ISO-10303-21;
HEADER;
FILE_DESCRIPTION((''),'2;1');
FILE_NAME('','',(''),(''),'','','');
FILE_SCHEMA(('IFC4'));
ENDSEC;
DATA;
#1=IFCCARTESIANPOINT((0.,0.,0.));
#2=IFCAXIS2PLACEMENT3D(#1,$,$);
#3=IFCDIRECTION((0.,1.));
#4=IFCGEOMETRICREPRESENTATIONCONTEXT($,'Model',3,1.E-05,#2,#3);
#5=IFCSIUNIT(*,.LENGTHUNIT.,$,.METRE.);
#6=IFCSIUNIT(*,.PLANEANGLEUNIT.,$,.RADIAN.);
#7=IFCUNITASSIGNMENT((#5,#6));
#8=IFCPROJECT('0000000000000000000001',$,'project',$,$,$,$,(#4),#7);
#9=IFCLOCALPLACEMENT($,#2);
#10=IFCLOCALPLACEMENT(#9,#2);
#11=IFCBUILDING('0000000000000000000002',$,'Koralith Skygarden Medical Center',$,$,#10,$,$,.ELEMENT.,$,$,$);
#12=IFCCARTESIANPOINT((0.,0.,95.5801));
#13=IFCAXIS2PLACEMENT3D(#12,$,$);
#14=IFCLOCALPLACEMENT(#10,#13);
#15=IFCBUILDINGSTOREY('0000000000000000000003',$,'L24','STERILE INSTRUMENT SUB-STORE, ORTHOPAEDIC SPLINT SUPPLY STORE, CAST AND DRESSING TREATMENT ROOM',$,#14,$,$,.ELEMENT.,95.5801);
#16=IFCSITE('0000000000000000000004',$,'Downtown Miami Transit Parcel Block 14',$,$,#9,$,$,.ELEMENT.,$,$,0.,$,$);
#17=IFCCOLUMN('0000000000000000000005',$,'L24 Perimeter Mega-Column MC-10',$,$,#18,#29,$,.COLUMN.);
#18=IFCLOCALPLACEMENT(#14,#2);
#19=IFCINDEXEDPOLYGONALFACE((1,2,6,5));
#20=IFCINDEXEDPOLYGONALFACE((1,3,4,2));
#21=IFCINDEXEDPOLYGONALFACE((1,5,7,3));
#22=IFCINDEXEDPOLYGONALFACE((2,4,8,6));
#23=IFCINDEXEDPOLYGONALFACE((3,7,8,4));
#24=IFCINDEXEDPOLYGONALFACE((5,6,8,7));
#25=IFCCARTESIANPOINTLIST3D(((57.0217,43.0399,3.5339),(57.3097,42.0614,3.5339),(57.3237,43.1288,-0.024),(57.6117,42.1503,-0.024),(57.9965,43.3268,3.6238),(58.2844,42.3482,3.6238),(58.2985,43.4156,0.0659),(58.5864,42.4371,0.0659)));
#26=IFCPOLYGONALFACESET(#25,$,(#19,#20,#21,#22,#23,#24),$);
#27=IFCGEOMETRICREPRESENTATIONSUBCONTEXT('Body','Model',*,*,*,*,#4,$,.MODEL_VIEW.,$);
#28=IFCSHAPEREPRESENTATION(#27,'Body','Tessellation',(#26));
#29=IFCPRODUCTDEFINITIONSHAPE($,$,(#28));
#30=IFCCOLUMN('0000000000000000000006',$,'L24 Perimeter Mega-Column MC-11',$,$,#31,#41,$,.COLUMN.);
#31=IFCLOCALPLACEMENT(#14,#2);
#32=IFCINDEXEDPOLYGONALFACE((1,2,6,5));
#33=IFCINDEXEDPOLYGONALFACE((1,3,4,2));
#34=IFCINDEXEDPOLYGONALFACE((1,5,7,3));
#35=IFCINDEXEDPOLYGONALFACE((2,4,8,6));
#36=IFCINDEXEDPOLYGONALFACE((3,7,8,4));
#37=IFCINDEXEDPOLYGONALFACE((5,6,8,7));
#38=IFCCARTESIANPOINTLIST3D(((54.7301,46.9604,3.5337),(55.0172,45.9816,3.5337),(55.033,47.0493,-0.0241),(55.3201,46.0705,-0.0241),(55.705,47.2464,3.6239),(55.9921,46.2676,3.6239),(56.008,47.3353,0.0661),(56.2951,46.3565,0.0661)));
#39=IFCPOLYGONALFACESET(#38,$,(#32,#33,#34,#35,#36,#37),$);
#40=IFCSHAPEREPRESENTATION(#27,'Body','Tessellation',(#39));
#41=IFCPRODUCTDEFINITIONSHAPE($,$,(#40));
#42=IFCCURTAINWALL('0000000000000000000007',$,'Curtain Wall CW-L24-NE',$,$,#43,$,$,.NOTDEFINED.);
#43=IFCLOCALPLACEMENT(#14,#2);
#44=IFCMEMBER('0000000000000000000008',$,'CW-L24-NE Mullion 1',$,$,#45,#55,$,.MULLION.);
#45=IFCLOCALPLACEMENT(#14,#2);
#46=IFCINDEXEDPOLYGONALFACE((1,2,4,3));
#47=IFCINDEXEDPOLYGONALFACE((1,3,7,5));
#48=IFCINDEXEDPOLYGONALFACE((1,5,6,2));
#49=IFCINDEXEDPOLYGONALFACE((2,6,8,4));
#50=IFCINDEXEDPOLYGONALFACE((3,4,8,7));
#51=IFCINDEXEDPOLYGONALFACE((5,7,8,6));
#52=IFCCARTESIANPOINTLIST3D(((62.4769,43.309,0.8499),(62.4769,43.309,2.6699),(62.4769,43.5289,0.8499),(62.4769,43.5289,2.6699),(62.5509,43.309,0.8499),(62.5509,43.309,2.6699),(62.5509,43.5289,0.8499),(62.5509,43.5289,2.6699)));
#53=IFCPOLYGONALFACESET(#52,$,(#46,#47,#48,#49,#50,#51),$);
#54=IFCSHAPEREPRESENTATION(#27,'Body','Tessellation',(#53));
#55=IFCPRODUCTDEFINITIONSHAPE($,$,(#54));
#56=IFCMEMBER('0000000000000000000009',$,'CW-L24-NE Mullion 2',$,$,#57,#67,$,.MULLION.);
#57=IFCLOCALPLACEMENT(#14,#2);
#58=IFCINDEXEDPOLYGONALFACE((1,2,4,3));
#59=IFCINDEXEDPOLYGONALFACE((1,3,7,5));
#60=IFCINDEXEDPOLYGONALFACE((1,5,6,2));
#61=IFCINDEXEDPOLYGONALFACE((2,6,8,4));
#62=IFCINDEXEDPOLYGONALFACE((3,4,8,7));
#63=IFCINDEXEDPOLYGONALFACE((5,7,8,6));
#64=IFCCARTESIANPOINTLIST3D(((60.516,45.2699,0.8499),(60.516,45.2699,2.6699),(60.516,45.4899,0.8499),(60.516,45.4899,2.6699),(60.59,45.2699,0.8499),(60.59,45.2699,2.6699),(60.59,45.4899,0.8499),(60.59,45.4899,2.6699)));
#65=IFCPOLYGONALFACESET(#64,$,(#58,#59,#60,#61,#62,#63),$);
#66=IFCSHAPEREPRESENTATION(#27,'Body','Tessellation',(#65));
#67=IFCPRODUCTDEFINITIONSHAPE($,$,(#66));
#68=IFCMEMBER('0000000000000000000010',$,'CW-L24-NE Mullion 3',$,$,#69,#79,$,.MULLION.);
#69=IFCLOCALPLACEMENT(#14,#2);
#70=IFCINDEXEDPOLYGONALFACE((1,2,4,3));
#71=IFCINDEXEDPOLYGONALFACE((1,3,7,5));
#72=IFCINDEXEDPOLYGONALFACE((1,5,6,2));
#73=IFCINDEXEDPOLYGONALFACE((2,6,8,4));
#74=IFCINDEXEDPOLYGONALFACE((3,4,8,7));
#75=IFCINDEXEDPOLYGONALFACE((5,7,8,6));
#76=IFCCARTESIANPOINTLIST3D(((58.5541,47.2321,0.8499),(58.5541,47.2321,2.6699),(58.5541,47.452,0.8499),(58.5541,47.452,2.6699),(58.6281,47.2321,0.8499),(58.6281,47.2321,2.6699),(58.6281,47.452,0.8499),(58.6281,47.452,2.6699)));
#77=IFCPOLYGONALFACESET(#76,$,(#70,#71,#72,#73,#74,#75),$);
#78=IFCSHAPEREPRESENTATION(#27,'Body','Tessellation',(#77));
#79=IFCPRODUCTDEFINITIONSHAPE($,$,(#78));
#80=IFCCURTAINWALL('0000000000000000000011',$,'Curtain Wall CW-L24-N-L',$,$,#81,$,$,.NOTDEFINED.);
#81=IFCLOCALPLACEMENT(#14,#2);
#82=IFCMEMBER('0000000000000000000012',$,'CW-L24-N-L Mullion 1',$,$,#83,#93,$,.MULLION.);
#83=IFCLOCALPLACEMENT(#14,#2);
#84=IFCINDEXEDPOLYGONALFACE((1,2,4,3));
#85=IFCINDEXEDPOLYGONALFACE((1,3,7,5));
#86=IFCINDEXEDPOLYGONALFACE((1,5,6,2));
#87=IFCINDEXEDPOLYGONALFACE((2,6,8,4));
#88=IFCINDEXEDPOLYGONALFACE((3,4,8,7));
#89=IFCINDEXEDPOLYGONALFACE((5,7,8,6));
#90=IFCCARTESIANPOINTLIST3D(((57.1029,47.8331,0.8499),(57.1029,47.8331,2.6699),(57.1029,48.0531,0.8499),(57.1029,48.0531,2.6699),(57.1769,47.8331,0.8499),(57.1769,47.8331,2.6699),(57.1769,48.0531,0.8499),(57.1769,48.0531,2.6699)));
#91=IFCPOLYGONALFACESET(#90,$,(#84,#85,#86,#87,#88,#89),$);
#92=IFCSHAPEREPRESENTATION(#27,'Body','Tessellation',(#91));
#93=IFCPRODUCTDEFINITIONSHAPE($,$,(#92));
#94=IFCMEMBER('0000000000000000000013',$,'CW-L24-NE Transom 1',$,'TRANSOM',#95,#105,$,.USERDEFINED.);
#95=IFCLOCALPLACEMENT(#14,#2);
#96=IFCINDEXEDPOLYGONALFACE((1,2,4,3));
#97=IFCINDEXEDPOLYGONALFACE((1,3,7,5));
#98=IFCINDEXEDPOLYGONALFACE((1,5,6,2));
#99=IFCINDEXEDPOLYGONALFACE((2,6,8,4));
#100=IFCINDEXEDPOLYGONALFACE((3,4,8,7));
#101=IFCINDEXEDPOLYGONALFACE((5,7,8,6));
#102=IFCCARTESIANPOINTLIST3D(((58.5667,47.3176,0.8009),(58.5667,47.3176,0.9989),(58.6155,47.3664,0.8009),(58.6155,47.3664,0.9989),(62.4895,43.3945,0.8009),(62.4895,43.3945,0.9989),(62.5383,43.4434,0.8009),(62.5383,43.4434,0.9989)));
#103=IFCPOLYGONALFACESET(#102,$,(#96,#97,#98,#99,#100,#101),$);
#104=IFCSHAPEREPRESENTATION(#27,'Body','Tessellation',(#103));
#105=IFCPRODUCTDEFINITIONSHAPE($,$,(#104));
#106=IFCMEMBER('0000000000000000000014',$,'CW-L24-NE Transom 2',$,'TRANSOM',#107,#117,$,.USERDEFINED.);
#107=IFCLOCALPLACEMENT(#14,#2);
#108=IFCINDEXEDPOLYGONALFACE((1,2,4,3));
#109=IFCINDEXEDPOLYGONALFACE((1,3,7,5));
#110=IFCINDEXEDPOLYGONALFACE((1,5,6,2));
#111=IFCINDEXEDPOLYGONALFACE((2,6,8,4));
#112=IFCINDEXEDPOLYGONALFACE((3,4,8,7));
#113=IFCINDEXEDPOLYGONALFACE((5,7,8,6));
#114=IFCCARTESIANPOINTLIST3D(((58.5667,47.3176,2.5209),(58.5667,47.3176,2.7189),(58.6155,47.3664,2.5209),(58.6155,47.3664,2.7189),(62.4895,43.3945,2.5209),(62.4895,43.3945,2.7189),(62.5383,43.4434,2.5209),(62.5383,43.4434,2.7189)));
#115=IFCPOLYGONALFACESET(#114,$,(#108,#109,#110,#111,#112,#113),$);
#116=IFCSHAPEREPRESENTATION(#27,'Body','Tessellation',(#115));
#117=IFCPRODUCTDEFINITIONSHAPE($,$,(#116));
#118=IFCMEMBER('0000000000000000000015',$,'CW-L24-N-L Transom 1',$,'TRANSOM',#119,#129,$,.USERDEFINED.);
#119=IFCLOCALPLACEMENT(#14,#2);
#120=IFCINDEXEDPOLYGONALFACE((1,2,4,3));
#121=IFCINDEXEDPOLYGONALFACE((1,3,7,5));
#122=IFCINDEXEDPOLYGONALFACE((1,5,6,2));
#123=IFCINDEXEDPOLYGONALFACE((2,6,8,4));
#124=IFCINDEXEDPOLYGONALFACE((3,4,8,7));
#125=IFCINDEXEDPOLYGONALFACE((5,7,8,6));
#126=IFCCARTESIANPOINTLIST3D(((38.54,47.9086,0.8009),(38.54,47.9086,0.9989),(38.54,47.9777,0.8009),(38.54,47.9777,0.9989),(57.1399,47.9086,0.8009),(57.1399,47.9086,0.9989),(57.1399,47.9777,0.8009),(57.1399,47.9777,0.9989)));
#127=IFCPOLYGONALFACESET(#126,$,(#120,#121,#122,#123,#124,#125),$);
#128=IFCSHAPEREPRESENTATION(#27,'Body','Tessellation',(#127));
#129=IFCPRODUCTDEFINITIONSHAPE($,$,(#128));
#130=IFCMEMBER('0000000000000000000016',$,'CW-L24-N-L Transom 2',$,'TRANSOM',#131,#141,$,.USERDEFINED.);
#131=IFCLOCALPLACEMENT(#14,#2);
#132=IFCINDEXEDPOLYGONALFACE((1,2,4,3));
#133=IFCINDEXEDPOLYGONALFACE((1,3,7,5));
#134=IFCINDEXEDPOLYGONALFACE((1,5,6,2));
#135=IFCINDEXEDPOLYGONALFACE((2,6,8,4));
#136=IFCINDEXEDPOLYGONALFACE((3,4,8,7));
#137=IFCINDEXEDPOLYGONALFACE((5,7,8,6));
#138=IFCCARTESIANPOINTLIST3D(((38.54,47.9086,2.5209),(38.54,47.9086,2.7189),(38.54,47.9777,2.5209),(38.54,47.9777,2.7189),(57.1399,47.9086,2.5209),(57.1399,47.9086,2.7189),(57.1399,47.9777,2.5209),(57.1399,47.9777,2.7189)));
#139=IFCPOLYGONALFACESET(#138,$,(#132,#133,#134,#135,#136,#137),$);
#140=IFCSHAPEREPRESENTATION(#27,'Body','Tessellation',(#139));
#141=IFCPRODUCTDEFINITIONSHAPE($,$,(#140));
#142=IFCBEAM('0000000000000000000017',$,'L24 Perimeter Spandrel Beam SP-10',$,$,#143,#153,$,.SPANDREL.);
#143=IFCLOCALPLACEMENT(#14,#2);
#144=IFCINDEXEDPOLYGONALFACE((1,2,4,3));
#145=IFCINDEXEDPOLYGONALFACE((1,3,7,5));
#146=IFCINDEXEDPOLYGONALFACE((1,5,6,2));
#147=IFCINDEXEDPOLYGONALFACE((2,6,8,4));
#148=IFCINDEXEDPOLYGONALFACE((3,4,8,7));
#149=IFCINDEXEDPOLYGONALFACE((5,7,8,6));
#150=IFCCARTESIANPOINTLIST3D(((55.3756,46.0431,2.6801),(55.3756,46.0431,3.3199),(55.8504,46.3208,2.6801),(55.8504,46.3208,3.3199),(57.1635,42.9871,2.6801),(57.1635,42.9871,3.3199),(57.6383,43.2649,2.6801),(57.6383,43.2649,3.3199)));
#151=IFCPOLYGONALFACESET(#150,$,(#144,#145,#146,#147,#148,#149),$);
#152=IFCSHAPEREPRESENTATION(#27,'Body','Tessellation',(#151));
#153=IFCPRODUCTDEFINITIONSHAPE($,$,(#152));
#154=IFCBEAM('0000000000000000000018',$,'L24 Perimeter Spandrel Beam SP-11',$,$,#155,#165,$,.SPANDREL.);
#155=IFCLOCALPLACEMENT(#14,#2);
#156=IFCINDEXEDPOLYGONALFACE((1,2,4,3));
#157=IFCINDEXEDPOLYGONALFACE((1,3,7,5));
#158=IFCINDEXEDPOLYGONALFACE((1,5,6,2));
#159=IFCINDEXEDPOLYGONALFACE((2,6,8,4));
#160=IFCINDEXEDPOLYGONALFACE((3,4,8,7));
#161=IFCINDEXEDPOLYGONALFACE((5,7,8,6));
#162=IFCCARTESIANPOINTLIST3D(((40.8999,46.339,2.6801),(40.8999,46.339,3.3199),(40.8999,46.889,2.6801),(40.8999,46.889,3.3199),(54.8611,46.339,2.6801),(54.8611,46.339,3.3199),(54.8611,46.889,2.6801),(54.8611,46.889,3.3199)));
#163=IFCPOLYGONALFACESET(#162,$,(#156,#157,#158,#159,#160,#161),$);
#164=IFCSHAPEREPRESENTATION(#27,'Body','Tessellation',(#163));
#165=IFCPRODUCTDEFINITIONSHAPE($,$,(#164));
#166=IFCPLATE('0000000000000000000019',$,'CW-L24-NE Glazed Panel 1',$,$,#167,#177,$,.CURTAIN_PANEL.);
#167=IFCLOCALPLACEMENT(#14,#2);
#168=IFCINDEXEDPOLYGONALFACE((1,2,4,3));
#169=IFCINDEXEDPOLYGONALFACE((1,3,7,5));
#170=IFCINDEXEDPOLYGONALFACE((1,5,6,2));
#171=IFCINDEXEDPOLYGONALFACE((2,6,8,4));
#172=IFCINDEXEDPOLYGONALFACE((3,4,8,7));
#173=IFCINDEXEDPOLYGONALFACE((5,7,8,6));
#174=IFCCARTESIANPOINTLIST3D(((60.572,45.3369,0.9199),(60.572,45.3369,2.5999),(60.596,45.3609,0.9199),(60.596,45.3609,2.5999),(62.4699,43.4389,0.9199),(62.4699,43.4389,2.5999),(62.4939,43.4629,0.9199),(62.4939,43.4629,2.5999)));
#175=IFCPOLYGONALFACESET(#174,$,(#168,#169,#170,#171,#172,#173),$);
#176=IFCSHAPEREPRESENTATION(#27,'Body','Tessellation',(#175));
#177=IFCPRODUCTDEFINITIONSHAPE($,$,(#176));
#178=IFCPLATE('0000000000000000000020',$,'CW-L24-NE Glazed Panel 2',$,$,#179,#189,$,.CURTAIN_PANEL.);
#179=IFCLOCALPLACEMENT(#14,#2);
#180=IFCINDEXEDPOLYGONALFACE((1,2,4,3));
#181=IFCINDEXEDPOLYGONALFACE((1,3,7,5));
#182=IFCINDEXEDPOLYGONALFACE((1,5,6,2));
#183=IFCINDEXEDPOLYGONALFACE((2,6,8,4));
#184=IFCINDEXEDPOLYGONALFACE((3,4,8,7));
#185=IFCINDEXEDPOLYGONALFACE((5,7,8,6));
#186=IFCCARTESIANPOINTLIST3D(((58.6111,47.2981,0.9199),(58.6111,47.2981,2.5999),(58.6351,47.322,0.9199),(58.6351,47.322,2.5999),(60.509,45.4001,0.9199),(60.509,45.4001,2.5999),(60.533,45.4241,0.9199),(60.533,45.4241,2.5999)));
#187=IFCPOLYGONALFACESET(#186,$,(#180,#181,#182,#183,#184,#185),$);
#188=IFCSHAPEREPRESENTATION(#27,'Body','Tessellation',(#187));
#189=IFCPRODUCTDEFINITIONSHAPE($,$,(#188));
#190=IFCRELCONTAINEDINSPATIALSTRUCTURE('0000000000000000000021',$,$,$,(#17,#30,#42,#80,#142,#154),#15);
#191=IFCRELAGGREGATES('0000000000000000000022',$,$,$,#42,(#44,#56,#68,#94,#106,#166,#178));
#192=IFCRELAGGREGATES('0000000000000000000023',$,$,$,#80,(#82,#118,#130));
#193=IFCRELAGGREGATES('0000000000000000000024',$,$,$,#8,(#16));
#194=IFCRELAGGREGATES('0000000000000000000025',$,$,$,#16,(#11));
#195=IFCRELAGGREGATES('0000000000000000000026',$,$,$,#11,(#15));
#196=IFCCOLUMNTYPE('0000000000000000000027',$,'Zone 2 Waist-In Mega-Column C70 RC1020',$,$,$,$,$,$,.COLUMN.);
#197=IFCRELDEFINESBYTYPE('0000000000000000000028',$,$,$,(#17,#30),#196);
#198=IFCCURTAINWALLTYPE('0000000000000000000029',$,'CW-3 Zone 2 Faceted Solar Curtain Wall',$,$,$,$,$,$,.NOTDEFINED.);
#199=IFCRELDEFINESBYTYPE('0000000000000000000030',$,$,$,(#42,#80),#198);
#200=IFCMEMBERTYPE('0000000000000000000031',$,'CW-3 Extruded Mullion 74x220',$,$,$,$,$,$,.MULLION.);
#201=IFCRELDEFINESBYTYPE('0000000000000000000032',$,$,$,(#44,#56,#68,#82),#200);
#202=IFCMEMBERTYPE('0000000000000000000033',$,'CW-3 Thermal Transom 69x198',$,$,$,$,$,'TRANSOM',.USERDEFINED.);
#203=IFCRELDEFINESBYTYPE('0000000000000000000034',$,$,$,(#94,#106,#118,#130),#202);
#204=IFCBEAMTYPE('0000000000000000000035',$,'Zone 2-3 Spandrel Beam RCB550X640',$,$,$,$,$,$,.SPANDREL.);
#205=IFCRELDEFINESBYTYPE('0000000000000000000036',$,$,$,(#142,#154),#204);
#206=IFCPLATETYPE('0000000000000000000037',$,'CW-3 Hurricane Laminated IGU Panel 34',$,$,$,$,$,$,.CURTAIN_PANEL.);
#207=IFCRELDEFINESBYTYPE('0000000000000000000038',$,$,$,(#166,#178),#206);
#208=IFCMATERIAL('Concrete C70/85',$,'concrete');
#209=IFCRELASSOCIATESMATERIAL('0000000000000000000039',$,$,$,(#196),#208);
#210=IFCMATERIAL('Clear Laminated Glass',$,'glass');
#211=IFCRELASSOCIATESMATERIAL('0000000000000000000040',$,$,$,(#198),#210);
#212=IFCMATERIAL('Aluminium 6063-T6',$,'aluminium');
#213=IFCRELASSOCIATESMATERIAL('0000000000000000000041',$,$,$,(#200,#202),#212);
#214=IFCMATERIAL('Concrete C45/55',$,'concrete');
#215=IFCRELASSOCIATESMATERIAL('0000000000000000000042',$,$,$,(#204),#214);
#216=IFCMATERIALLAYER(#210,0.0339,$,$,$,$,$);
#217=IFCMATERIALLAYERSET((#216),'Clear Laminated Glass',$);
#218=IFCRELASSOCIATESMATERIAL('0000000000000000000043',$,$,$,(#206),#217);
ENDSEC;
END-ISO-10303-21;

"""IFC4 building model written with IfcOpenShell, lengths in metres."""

from ifc_helpers import new_model, si_unit, direction, frame, origin, origin_2d, place, context, subcontext, project, spatial, rectangle, extrude, material, layer, layer_set, material_profile, profile_set, type_object, element, aggregate, save


model = new_model("IFC4")

# Units and contexts
model_context = context("Model", 3, precision=1e-05, world=origin(), true_north=direction((0.0, 1.0)))
body_context = subcontext(model_context, "Body", "Model", "MODEL_VIEW")
ifc_project = project(units=[si_unit("LENGTHUNIT", "METRE"), si_unit("PLANEANGLEUNIT", "RADIAN")], contexts=[model_context])

# Site, building, storey
site_placement = place(None, origin())
site = spatial("IfcSite", under=ifc_project, at=site_placement, Name="Downtown Miami Transit Parcel Block 14", CompositionType="ELEMENT", RefElevation=0.0)
building_placement = place(site_placement, origin())
building = spatial("IfcBuilding", under=site, at=building_placement, Name="Koralith Skygarden Medical Center", CompositionType="ELEMENT")
storey_placement = place(building_placement, frame((0.0, 0.0, 95.5801)))
storey = spatial("IfcBuildingStorey", under=building, at=storey_placement, Name="L24", Description="STERILE INSTRUMENT SUB-STORE, ORTHOPAEDIC SPLINT SUPPLY STORE, CAST AND DRESSING TREATMENT ROOM", CompositionType="ELEMENT", Elevation=95.5801)

# Columns
ifc_material_1 = material(Name="Concrete C70/85", Category="concrete")
ifc_material_profile_1 = material_profile(ifc_material_1, rectangle(XDim=1.02, YDim=1.02, at=origin_2d()), Name="RC1020X1020")
ifc_profile_set_1 = profile_set([ifc_material_profile_1], Name="Concrete C70/85")
column_type = type_object("IfcColumnType", Name="Zone 2 Waist-In Mega-Column C70 RC1020", PredefinedType="COLUMN", material=ifc_profile_set_1)
for number, where, z_axis, x_axis, name in (
    (1, (57.9551, 42.783, 0.021), (-0.084553, -0.02488, 0.996108), (0.282292, -0.959328, 0.0), "L24 Perimeter Mega-Column MC-10"),
    (2, (55.6641, 46.7029, 0.021), (-0.084824, -0.02488, 0.996085), (0.281455, -0.959575, 0.0), "L24 Perimeter Mega-Column MC-11"),
):
    element("IfcColumn", number, at=place(storey_placement, frame(where, z_axis=z_axis, x_axis=x_axis)), inside=storey, type_object=column_type, Name=name, PredefinedType="COLUMN", context=body_context, shape_type="SweptSolid", body=[
        extrude(rectangle(XDim=1.02, YDim=1.02, at=origin_2d()), origin(), (0.0, 0.0, 1.0), 3.5718),
    ])

# Curtain wall, members
ifc_material_2 = material(Name="Clear Laminated Glass", Category="glass")
curtain_wall_type = type_object("IfcCurtainWallType", Name="CW-3 Zone 2 Faceted Solar Curtain Wall", PredefinedType="NOTDEFINED", material=ifc_material_2)
curtain_wall_1_placement = place(storey_placement, origin())
curtain_wall_1 = element("IfcCurtainWall", 3, at=curtain_wall_1_placement, inside=storey, type_object=curtain_wall_type, Name="Curtain Wall CW-L24-NE", PredefinedType="NOTDEFINED")
ifc_material_3 = material(Name="Aluminium 6063-T6", Category="aluminium")
ifc_material_profile_2 = material_profile(ifc_material_3, rectangle(XDim=0.074, YDim=0.22, at=origin_2d()), Name="MUL74X220")
ifc_profile_set_2 = profile_set([ifc_material_profile_2], Name="Aluminium 6063-T6")
member_type_1 = type_object("IfcMemberType", Name="CW-3 Extruded Mullion 74x220", PredefinedType="MULLION", material=ifc_profile_set_2)
member_1_placement = place(storey_placement, frame((62.5139, 43.4189, 0.8499), z_axis=(0.0, 0.0, 1.0), x_axis=(1.0, 0.0, 0.0)))
member_1 = element("IfcMember", 4, at=member_1_placement, type_object=member_type_1, Name="CW-L24-NE Mullion 1", PredefinedType="MULLION", context=body_context, shape_type="SweptSolid", body=[
    extrude(rectangle(XDim=0.074, YDim=0.22, at=origin_2d()), origin(), (0.0, 0.0, 1.0), 1.8201),
])
member_2_placement = place(storey_placement, frame((60.553, 45.3799, 0.8499), z_axis=(0.0, 0.0, 1.0), x_axis=(1.0, 0.0, 0.0)))
member_2 = element("IfcMember", 5, at=member_2_placement, type_object=member_type_1, Name="CW-L24-NE Mullion 2", PredefinedType="MULLION", context=body_context, shape_type="SweptSolid", body=[
    extrude(rectangle(XDim=0.074, YDim=0.22, at=origin_2d()), origin(), (0.0, 0.0, 1.0), 1.8201),
])
member_3_placement = place(storey_placement, frame((58.5911, 47.342, 0.8499), z_axis=(0.0, 0.0, 1.0), x_axis=(1.0, 0.0, 0.0)))
member_3 = element("IfcMember", 6, at=member_3_placement, type_object=member_type_1, Name="CW-L24-NE Mullion 3", PredefinedType="MULLION", context=body_context, shape_type="SweptSolid", body=[
    extrude(rectangle(XDim=0.074, YDim=0.22, at=origin_2d()), origin(), (0.0, 0.0, 1.0), 1.8201),
])

# Curtain wall, member
curtain_wall_2_placement = place(storey_placement, origin())
curtain_wall_2 = element("IfcCurtainWall", 7, at=curtain_wall_2_placement, inside=storey, type_object=curtain_wall_type, Name="Curtain Wall CW-L24-N-L", PredefinedType="NOTDEFINED")
member_4_placement = place(storey_placement, frame((57.1399, 47.9431, 0.8499), z_axis=(0.0, 0.0, 1.0), x_axis=(1.0, 0.0, 0.0)))
member_4 = element("IfcMember", 8, at=member_4_placement, type_object=member_type_1, Name="CW-L24-N-L Mullion 1", PredefinedType="MULLION", context=body_context, shape_type="SweptSolid", body=[
    extrude(rectangle(XDim=0.074, YDim=0.22, at=origin_2d()), origin(), (0.0, 0.0, 1.0), 1.8201),
])

# Members
ifc_material_profile_3 = material_profile(ifc_material_3, rectangle(XDim=0.0691, YDim=0.198, at=origin_2d()), Name="TRN69X198")
ifc_profile_set_3 = profile_set([ifc_material_profile_3], Name="Aluminium 6063-T6")
member_type_2 = type_object("IfcMemberType", Name="CW-3 Thermal Transom 69x198", ElementType="TRANSOM", PredefinedType="USERDEFINED", material=ifc_profile_set_3)
member_5_placement = place(storey_placement, frame((62.5139, 43.4189, 0.8999), z_axis=(-0.707085, 0.707129, 0.0), x_axis=(-0.707129, -0.707085, 0.0)))
member_5 = element("IfcMember", 9, at=member_5_placement, type_object=member_type_2, Name="CW-L24-NE Transom 1", ObjectType="TRANSOM", PredefinedType="USERDEFINED", context=body_context, shape_type="SweptSolid", body=[
    extrude(rectangle(XDim=0.0691, YDim=0.198, at=origin_2d()), origin(), (0.0, 0.0, 1.0), 5.5479),
])
member_6_placement = place(storey_placement, frame((62.5139, 43.4189, 2.6199), z_axis=(-0.707085, 0.707129, 0.0), x_axis=(-0.707129, -0.707085, 0.0)))
member_6 = element("IfcMember", 10, at=member_6_placement, type_object=member_type_2, Name="CW-L24-NE Transom 2", ObjectType="TRANSOM", PredefinedType="USERDEFINED", context=body_context, shape_type="SweptSolid", body=[
    extrude(rectangle(XDim=0.0691, YDim=0.198, at=origin_2d()), origin(), (0.0, 0.0, 1.0), 5.5479),
])
member_7_placement = place(storey_placement, frame((57.1399, 47.9431, 0.8999), z_axis=(-1.0, 0.0, 0.0), x_axis=(0.0, -1.0, 0.0)))
member_7 = element("IfcMember", 11, at=member_7_placement, type_object=member_type_2, Name="CW-L24-N-L Transom 1", ObjectType="TRANSOM", PredefinedType="USERDEFINED", context=body_context, shape_type="SweptSolid", body=[
    extrude(rectangle(XDim=0.0691, YDim=0.198, at=origin_2d()), origin(), (0.0, 0.0, 1.0), 18.5999),
])
member_8_placement = place(storey_placement, frame((57.1399, 47.9431, 2.6199), z_axis=(-1.0, 0.0, 0.0), x_axis=(0.0, -1.0, 0.0)))
member_8 = element("IfcMember", 12, at=member_8_placement, type_object=member_type_2, Name="CW-L24-N-L Transom 2", ObjectType="TRANSOM", PredefinedType="USERDEFINED", context=body_context, shape_type="SweptSolid", body=[
    extrude(rectangle(XDim=0.0691, YDim=0.198, at=origin_2d()), origin(), (0.0, 0.0, 1.0), 18.5999),
])

# Beams
ifc_material_4 = material(Name="Concrete C45/55", Category="concrete")
ifc_material_profile_4 = material_profile(ifc_material_4, rectangle(XDim=0.55, YDim=0.6399, at=origin_2d()), Name="RCB550X640")
ifc_profile_set_4 = profile_set([ifc_material_profile_4], Name="Concrete C45/55")
beam_type = type_object("IfcBeamType", Name="Zone 2-3 Spandrel Beam RCB550X640", PredefinedType="SPANDREL", material=ifc_profile_set_4)
beam_1_placement = place(storey_placement, frame((57.4009, 43.126, 3.0), z_axis=(-0.504972, 0.863135, 0.0), x_axis=(-0.863135, -0.504972, 0.0)))
element("IfcBeam", 13, at=beam_1_placement, inside=storey, type_object=beam_type, Name="L24 Perimeter Spandrel Beam SP-10", PredefinedType="SPANDREL", context=body_context, shape_type="SweptSolid", body=[
    extrude(rectangle(XDim=0.55, YDim=0.6399, at=origin_2d()), origin(), (0.0, 0.0, 1.0), 3.5405),
])
beam_2_placement = place(storey_placement, frame((54.8611, 46.614, 3.0), z_axis=(-1.0, 0.0, 0.0), x_axis=(0.0, -1.0, 0.0)))
element("IfcBeam", 14, at=beam_2_placement, inside=storey, type_object=beam_type, Name="L24 Perimeter Spandrel Beam SP-11", PredefinedType="SPANDREL", context=body_context, shape_type="SweptSolid", body=[
    extrude(rectangle(XDim=0.55, YDim=0.6399, at=origin_2d()), origin(), (0.0, 0.0, 1.0), 13.9612),
])

# Plates
ifc_layer_1 = layer(ifc_material_2, 0.0339)
ifc_layer_set_1 = layer_set([ifc_layer_1], Name="Clear Laminated Glass")
plate_type_1 = type_object("IfcPlateType", Name="CW-3 Hurricane Laminated IGU Panel 34", PredefinedType="CURTAIN_PANEL", material=ifc_layer_set_1)
plate_1_placement = place(storey_placement, frame((61.533, 44.3999, 0.9199), z_axis=(0.0, 0.0, 1.0), x_axis=(-0.707107, 0.707107, 0.0)))
plate_1 = element("IfcPlate", 15, at=plate_1_placement, type_object=plate_type_1, Name="CW-L24-NE Glazed Panel 1", PredefinedType="CURTAIN_PANEL", context=body_context, shape_type="SweptSolid", body=[
    extrude(rectangle(XDim=2.6841, YDim=0.0339, at=origin_2d()), origin(), (0.0, 0.0, 1.0), 1.6799),
])
plate_2_placement = place(storey_placement, frame((59.572, 46.3611, 0.9199), z_axis=(0.0, 0.0, 1.0), x_axis=(-0.707107, 0.707107, 0.0)))
plate_2 = element("IfcPlate", 16, at=plate_2_placement, type_object=plate_type_1, Name="CW-L24-NE Glazed Panel 2", PredefinedType="CURTAIN_PANEL", context=body_context, shape_type="SweptSolid", body=[
    extrude(rectangle(XDim=2.6841, YDim=0.0339, at=origin_2d()), origin(), (0.0, 0.0, 1.0), 1.6799),
])
aggregate(curtain_wall_1, [member_1, member_2, member_3, member_5, member_6, plate_1, plate_2])
aggregate(curtain_wall_2, [member_4, member_7, member_8])

save(model, "model.ifc")
